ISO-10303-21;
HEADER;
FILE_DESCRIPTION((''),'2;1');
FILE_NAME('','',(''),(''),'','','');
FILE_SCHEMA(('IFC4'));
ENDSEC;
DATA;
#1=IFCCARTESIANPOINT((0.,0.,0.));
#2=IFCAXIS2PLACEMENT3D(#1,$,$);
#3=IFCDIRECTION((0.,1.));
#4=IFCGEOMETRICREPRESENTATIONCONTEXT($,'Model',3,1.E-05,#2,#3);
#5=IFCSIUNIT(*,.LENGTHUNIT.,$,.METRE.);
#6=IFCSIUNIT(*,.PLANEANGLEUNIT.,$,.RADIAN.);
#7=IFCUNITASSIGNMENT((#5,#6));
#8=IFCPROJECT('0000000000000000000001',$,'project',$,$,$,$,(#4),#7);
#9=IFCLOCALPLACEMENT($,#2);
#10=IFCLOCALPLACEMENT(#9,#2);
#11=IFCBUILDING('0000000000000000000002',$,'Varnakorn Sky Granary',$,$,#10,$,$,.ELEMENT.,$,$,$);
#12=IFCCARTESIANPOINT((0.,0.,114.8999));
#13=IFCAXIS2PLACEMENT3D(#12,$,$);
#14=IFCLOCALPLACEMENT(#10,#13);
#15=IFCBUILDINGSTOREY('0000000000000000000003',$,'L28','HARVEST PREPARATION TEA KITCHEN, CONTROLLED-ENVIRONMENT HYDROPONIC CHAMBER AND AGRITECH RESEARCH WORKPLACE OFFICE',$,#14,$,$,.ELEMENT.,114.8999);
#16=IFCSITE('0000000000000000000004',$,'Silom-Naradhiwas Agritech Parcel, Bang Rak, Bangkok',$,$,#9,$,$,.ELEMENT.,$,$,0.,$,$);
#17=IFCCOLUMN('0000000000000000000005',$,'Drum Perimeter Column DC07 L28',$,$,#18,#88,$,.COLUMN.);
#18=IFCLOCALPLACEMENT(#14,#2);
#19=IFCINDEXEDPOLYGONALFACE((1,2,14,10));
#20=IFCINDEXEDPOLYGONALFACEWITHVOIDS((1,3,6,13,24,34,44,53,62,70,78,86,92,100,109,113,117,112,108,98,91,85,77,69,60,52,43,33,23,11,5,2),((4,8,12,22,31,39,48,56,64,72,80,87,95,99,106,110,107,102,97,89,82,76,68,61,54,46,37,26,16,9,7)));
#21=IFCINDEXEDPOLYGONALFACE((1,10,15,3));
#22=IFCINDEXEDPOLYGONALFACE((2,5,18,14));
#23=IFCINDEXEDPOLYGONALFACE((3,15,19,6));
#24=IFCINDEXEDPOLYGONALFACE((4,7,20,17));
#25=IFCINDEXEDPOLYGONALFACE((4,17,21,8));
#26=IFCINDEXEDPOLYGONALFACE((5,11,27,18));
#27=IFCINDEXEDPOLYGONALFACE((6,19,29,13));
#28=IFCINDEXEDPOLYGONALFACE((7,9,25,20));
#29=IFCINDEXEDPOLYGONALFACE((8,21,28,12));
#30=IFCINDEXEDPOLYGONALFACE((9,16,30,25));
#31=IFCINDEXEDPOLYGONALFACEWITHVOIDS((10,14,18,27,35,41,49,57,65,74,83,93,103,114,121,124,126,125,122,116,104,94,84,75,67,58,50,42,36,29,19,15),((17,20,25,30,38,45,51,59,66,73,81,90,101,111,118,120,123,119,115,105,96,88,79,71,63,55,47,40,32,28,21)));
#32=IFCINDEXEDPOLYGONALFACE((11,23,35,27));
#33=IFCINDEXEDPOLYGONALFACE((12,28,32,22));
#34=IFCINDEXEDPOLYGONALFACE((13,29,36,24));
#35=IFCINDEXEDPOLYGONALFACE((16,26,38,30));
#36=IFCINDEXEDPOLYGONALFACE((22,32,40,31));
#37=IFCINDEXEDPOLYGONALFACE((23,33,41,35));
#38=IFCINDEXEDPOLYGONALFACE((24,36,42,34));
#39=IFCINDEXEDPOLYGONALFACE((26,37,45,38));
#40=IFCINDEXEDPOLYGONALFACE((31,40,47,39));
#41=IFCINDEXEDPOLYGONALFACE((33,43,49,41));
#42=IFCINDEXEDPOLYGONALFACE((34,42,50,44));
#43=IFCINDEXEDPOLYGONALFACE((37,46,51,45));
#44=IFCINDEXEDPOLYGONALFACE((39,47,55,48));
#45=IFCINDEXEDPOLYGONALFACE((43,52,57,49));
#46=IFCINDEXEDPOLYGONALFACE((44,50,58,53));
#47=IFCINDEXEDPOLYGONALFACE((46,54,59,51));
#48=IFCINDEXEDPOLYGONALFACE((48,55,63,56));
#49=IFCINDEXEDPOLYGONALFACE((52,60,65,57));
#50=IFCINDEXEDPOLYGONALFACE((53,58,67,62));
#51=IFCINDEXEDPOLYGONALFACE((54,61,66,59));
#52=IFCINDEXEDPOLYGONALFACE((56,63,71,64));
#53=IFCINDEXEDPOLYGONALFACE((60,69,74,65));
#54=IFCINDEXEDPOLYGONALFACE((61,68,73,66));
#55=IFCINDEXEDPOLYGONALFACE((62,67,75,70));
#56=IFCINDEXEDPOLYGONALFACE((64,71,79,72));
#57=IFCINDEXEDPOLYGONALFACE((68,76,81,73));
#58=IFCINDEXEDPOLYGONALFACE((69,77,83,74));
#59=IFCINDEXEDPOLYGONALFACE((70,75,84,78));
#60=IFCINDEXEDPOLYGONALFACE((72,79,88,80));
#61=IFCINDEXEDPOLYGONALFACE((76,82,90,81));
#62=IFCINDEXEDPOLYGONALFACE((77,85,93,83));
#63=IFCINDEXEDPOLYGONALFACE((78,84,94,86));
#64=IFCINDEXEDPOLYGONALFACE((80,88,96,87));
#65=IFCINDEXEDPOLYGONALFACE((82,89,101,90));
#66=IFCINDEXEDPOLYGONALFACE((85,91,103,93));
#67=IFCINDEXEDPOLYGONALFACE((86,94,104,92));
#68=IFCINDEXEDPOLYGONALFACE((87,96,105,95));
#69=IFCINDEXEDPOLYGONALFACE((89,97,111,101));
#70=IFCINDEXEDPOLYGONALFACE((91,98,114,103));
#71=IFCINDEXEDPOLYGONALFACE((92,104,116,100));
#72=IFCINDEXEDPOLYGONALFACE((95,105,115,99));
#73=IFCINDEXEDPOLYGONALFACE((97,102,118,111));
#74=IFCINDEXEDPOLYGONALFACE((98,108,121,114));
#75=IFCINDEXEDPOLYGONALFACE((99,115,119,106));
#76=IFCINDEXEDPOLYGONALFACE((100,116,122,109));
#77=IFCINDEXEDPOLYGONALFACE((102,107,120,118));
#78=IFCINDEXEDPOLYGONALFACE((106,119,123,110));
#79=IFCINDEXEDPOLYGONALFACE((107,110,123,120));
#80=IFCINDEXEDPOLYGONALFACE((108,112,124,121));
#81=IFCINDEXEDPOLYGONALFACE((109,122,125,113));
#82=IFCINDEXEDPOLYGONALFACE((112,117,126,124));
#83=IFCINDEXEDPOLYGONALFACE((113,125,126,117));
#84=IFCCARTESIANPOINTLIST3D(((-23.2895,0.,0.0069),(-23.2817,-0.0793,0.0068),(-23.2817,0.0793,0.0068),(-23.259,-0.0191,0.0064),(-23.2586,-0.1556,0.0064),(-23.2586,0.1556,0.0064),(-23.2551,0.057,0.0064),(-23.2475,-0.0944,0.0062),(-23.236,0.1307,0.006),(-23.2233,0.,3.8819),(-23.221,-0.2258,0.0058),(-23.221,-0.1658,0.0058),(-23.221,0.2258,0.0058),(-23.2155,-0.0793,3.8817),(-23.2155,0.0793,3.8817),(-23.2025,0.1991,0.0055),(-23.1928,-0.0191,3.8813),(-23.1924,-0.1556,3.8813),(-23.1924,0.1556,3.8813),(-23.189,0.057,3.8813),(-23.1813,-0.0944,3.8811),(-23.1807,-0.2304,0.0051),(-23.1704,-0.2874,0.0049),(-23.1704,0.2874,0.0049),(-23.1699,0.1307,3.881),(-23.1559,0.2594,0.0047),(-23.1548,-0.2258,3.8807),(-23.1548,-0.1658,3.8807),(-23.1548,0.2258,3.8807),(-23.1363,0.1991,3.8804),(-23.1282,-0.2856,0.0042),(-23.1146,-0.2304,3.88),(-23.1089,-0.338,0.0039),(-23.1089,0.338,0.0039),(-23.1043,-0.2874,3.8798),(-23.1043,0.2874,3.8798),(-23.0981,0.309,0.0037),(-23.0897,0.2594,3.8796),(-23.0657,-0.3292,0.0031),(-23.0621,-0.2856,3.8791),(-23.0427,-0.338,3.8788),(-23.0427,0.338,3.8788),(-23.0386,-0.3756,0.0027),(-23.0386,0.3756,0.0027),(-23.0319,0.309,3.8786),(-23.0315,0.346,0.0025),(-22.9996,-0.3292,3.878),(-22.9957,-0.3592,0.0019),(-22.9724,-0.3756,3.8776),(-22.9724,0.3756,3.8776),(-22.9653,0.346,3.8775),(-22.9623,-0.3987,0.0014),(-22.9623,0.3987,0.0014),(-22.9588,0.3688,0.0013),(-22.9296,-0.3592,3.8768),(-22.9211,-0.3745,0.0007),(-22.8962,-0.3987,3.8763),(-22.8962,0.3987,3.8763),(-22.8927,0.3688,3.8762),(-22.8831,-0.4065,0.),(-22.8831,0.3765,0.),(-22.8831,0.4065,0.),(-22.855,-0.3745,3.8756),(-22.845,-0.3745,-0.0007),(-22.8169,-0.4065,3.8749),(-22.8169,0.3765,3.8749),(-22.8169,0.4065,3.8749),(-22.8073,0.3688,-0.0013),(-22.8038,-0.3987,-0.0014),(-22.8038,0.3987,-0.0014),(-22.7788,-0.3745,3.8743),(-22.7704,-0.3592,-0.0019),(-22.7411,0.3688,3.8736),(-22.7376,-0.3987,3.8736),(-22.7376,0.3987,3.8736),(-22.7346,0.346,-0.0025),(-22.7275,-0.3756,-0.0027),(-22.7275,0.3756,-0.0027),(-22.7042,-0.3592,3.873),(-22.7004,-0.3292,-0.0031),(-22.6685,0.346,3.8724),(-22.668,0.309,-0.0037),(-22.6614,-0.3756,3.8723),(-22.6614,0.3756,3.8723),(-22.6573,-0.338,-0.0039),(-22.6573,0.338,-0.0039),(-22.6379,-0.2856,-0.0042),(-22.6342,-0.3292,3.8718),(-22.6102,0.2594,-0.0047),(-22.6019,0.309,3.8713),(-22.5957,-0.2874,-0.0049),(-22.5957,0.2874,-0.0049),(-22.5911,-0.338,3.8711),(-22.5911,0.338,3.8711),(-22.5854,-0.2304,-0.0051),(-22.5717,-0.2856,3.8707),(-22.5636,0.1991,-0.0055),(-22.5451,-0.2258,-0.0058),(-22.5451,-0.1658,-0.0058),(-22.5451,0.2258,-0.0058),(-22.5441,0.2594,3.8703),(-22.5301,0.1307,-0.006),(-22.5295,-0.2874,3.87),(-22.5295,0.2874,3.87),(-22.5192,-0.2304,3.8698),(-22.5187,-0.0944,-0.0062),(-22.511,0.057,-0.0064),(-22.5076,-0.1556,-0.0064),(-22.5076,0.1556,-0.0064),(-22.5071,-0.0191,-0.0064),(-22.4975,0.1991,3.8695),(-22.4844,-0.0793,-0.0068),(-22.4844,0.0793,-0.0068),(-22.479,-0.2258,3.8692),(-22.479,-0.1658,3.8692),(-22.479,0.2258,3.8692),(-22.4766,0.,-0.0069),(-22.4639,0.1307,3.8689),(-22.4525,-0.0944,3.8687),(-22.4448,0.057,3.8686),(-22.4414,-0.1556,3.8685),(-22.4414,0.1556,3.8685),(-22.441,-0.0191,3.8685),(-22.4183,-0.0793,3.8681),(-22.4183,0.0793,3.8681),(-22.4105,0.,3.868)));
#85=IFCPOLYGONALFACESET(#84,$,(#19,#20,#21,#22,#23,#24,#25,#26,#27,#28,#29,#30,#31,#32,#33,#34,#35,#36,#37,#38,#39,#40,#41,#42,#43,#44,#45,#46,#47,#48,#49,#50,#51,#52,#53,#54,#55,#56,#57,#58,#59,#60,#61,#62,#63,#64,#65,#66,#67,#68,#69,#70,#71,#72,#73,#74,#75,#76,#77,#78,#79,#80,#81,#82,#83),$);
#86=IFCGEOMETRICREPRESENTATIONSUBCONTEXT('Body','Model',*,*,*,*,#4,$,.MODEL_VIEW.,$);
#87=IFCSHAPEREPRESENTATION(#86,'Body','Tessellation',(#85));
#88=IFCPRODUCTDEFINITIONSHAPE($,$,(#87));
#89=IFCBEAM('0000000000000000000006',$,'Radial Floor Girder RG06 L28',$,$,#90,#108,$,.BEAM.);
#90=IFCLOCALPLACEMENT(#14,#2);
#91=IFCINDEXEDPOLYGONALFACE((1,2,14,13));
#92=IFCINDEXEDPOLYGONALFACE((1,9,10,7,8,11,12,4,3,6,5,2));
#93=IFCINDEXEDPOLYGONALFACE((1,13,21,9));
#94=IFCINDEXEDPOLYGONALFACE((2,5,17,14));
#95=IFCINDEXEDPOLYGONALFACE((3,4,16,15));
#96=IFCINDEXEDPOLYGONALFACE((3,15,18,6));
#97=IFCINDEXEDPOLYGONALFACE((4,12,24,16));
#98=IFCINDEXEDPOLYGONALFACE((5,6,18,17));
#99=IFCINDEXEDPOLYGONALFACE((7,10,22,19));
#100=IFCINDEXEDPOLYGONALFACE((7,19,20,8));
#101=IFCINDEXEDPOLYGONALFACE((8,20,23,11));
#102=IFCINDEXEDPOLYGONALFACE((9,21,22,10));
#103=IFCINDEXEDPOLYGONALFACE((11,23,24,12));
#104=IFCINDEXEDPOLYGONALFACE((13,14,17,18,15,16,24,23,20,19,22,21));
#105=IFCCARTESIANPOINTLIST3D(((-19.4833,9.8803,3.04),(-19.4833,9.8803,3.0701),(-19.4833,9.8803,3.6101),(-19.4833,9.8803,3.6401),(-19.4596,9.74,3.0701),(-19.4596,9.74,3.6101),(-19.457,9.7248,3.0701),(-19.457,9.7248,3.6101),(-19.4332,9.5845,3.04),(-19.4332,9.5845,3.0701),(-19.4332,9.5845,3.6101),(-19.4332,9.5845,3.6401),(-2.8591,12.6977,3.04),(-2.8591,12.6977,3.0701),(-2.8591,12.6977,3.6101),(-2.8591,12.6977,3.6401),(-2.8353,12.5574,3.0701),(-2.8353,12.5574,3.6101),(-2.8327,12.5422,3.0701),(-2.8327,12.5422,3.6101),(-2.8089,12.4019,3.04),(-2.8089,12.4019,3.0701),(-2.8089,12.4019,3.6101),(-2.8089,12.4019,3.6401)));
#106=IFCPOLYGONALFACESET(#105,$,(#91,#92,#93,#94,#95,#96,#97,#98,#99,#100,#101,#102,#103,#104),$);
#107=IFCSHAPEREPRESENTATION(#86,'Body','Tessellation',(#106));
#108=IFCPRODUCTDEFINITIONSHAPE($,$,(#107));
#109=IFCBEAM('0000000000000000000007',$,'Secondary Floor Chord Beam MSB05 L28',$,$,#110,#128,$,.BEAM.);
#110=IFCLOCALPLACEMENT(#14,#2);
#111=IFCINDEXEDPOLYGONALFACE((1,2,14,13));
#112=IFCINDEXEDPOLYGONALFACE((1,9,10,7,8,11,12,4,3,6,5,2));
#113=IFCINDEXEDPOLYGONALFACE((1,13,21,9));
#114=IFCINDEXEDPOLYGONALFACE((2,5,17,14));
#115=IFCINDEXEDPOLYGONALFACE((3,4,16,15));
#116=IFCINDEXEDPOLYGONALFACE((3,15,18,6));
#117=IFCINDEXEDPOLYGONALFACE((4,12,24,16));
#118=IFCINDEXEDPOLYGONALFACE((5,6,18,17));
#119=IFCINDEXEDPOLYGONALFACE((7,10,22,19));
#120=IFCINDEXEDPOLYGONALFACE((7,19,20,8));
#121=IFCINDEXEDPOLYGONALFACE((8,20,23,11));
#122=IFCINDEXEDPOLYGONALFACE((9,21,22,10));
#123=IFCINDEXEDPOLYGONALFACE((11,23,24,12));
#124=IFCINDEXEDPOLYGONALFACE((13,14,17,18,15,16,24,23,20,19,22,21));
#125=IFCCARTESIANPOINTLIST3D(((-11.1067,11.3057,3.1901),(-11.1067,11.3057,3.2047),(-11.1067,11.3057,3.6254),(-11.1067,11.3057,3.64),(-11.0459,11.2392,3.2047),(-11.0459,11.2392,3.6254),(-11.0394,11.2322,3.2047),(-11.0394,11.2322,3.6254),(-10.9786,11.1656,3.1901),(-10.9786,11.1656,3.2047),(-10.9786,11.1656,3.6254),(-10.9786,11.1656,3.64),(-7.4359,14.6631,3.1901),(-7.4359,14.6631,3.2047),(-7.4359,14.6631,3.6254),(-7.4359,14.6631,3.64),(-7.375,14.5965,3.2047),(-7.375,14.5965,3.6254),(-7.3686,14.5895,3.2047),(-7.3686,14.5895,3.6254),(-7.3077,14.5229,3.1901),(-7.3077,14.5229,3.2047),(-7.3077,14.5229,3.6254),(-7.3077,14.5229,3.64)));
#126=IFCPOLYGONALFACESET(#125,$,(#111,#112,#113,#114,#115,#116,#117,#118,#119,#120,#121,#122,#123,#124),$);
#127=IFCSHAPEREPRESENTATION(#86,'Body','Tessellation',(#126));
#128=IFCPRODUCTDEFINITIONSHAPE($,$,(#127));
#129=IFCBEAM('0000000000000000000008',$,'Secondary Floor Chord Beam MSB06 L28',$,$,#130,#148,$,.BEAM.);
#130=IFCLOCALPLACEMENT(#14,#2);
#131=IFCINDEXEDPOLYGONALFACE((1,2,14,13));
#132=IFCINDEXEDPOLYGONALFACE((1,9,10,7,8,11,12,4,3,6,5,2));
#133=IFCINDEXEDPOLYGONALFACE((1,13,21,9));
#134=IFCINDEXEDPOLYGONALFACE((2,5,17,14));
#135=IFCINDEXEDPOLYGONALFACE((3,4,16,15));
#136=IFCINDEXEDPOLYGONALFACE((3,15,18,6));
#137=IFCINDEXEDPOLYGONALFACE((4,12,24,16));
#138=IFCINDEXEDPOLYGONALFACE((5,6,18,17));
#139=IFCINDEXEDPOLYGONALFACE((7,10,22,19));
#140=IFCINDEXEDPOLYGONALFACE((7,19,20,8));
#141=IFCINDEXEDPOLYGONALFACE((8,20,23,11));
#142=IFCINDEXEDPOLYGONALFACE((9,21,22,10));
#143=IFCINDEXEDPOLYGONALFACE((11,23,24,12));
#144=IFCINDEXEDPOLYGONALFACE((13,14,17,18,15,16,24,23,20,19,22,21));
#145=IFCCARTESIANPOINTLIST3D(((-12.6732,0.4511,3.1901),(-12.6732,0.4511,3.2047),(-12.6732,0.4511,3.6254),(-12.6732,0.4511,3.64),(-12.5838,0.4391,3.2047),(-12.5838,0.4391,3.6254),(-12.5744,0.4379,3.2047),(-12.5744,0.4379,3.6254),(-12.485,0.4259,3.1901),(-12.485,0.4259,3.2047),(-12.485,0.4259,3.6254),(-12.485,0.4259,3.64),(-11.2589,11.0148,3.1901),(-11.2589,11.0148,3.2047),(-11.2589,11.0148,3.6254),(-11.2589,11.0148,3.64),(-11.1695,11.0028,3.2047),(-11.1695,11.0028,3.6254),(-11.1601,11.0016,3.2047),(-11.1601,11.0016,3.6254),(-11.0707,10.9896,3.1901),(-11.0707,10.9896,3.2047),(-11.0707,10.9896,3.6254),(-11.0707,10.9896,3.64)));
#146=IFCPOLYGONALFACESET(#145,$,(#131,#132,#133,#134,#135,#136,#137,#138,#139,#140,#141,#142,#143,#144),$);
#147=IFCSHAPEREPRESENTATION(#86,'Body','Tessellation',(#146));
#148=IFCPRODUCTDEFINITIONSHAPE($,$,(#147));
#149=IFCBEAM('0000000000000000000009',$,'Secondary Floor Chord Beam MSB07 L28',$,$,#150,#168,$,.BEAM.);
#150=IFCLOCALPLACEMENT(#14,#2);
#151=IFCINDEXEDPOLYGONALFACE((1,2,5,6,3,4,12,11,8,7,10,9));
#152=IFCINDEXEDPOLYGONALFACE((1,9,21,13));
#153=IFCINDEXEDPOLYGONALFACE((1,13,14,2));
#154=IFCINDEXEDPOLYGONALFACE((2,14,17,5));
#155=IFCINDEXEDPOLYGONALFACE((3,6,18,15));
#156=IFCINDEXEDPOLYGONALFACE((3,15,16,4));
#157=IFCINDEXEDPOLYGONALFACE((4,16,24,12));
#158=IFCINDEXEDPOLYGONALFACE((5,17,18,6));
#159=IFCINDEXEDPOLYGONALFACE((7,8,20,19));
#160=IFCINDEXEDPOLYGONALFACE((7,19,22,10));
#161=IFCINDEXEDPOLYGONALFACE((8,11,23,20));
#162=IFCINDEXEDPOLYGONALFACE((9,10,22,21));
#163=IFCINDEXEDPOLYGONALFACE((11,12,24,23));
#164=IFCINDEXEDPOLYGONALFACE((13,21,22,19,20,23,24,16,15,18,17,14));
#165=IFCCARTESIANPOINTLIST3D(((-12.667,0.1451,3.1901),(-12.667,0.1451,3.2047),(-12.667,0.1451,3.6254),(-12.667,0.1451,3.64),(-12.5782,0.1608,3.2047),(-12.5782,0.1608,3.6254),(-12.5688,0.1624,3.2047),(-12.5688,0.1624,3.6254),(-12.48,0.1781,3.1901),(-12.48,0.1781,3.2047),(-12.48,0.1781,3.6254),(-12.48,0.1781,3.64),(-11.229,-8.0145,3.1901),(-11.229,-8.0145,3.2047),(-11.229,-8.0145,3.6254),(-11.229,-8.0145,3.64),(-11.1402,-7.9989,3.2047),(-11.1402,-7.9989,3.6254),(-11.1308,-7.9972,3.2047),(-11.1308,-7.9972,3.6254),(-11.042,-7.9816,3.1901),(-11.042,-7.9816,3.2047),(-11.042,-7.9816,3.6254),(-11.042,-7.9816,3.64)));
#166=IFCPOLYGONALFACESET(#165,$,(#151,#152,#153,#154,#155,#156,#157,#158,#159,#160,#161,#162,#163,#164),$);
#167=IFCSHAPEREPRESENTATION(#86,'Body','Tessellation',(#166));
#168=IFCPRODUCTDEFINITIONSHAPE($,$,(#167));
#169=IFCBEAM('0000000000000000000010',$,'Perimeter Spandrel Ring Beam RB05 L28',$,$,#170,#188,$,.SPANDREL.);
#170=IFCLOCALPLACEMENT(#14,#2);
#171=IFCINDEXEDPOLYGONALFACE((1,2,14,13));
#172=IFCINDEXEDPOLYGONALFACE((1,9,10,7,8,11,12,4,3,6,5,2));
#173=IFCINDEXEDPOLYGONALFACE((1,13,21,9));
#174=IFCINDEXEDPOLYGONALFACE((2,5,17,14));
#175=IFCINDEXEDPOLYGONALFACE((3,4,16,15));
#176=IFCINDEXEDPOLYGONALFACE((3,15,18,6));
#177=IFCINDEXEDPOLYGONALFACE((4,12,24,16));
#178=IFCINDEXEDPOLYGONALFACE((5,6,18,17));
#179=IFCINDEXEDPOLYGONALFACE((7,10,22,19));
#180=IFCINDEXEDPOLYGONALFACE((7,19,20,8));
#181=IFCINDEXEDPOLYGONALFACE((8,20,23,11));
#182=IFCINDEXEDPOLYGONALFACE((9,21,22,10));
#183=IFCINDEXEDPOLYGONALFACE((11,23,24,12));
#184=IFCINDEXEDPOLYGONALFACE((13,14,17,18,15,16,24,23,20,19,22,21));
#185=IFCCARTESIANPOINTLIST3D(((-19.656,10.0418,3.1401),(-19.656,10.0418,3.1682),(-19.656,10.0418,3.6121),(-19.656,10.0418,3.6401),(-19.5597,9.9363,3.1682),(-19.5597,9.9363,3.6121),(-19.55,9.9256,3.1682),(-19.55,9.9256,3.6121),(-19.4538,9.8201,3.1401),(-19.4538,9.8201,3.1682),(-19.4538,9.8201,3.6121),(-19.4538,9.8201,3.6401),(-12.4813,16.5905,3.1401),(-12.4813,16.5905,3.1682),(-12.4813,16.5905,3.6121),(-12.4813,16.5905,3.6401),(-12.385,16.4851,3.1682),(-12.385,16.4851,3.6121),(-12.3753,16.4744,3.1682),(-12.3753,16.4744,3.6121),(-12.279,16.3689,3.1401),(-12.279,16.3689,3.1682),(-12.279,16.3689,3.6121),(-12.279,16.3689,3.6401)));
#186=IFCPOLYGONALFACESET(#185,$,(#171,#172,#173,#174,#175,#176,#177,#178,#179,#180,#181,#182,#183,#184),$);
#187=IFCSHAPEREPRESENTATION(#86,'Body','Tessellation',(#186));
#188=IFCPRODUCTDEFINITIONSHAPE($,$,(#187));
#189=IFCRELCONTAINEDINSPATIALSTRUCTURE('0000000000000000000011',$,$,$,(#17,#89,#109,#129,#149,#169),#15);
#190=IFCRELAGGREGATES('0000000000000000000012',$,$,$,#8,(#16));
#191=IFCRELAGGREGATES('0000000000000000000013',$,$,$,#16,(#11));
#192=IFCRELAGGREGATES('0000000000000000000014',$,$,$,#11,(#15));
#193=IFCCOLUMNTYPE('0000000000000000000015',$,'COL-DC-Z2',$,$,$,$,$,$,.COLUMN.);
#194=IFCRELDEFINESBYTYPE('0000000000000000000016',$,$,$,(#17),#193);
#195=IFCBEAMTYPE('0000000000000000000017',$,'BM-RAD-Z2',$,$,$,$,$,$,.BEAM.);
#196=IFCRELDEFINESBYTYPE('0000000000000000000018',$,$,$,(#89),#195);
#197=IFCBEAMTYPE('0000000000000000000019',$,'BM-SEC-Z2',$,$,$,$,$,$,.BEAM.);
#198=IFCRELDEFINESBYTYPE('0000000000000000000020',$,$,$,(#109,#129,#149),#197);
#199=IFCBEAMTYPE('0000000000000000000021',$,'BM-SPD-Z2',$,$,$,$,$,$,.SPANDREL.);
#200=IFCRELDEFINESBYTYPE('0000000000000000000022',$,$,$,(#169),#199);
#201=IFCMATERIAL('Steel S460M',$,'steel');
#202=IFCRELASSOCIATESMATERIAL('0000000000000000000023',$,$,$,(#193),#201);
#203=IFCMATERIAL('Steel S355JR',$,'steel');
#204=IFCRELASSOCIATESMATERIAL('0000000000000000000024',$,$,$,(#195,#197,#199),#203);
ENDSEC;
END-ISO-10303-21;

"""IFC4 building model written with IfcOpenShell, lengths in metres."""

from ifc_helpers import new_model, si_unit, direction, frame, origin, origin_2d, place, context, subcontext, project, spatial, hollow_circle, i_section, extrude, material, material_profile, profile_set, type_object, element, save


model = new_model("IFC4")

# Units and contexts
model_context = context("Model", 3, precision=1e-05, world=origin(), true_north=direction((0.0, 1.0)))
body_context = subcontext(model_context, "Body", "Model", "MODEL_VIEW")
ifc_project = project(units=[si_unit("LENGTHUNIT", "METRE"), si_unit("PLANEANGLEUNIT", "RADIAN")], contexts=[model_context])

# Site, building, storey
site_placement = place(None, origin())
site = spatial("IfcSite", under=ifc_project, at=site_placement, Name="Silom-Naradhiwas Agritech Parcel, Bang Rak, Bangkok", CompositionType="ELEMENT", RefElevation=0.0)
building_placement = place(site_placement, origin())
building = spatial("IfcBuilding", under=site, at=building_placement, Name="Varnakorn Sky Granary", CompositionType="ELEMENT")
storey_placement = place(building_placement, frame((0.0, 0.0, 114.8999)))
storey = spatial("IfcBuildingStorey", under=building, at=storey_placement, Name="L28", Description="HARVEST PREPARATION TEA KITCHEN, CONTROLLED-ENVIRONMENT HYDROPONIC CHAMBER AND AGRITECH RESEARCH WORKPLACE OFFICE", CompositionType="ELEMENT", Elevation=114.8999)

# Column
ifc_material_1 = material(Name="Steel S460M", Category="steel")
ifc_material_profile_1 = material_profile(ifc_material_1, hollow_circle(Radius=0.4065, WallThickness=0.03, at=origin_2d()), Name="CHS 813x30")
ifc_profile_set_1 = profile_set([ifc_material_profile_1], Name="Steel S460M")
column_type = type_object("IfcColumnType", Name="COL-DC-Z2", PredefinedType="COLUMN", material=ifc_profile_set_1)
for number, where, z_axis, x_axis, name in (
    (1, (-22.8831, 0.0, 0.0), (0.017072, 0.0, 0.999854), (0.0, 1.0, 0.0), "Drum Perimeter Column DC07 L28"),
):
    element("IfcColumn", number, at=place(storey_placement, frame(where, z_axis=z_axis, x_axis=x_axis)), inside=storey, type_object=column_type, Name=name, PredefinedType="COLUMN", context=body_context, shape_type="SweptSolid", body=[
        extrude(hollow_circle(Radius=0.4065, WallThickness=0.03, at=origin_2d()), origin(), (0.0, 0.0, 1.0), 3.8755),
    ])

# Beams
ifc_material_2 = material(Name="Steel S355JR", Category="steel")
ifc_material_profile_2 = material_profile(ifc_material_2, i_section(OverallWidth=0.3, OverallDepth=0.6001, WebThickness=0.0154, FlangeThickness=0.03, at=origin_2d()), Name="HE 600 B")
ifc_profile_set_2 = profile_set([ifc_material_profile_2], Name="Steel S355JR")
beam_type_1 = type_object("IfcBeamType", Name="BM-RAD-Z2", PredefinedType="BEAM", material=ifc_profile_set_2)
beam_1_placement = place(storey_placement, frame((-2.834, 12.5498, 3.3401), z_axis=(-0.985941, -0.167092, 0.0), x_axis=(0.167092, -0.985941, 0.0)))
element("IfcBeam", 2, at=beam_1_placement, inside=storey, type_object=beam_type_1, Name="Radial Floor Girder RG06 L28", PredefinedType="BEAM", context=body_context, shape_type="SweptSolid", body=[
    extrude(i_section(OverallWidth=0.3, OverallDepth=0.6001, WebThickness=0.0154, FlangeThickness=0.03, at=origin_2d()), origin(), (0.0, 0.0, 1.0), 16.8613),
])
ifc_material_profile_3 = material_profile(ifc_material_2, i_section(OverallWidth=0.1899, OverallDepth=0.45, WebThickness=0.0095, FlangeThickness=0.0146, at=origin_2d()), Name="IPE 450")
ifc_profile_set_3 = profile_set([ifc_material_profile_3], Name="Steel S355JR")
beam_type_2 = type_object("IfcBeamType", Name="BM-SEC-Z2", PredefinedType="BEAM", material=ifc_profile_set_3)
beam_2_placement = place(storey_placement, frame((-7.3718, 14.593, 3.415), z_axis=(-0.737911, -0.674897, 0.0), x_axis=(0.674897, -0.737911, 0.0)))
element("IfcBeam", 3, at=beam_2_placement, inside=storey, type_object=beam_type_2, Name="Secondary Floor Chord Beam MSB05 L28", PredefinedType="BEAM", context=body_context, shape_type="SweptSolid", body=[
    extrude(i_section(OverallWidth=0.1899, OverallDepth=0.45, WebThickness=0.0095, FlangeThickness=0.0146, at=origin_2d()), origin(), (0.0, 0.0, 1.0), 4.9746),
])
beam_3_placement = place(storey_placement, frame((-11.1648, 11.0022, 3.415), z_axis=(-0.132699, -0.991156, 0.0), x_axis=(0.991156, -0.132699, 0.0)))
element("IfcBeam", 4, at=beam_3_placement, inside=storey, type_object=beam_type_2, Name="Secondary Floor Chord Beam MSB06 L28", PredefinedType="BEAM", context=body_context, shape_type="SweptSolid", body=[
    extrude(i_section(OverallWidth=0.1899, OverallDepth=0.45, WebThickness=0.0095, FlangeThickness=0.0146, at=origin_2d()), origin(), (0.0, 0.0, 1.0), 10.658),
])
beam_4_placement = place(storey_placement, frame((-12.5735, 0.1616, 3.415), z_axis=(0.173557, -0.984824, 0.0), x_axis=(0.984824, 0.173557, 0.0)))
element("IfcBeam", 5, at=beam_4_placement, inside=storey, type_object=beam_type_2, Name="Secondary Floor Chord Beam MSB07 L28", PredefinedType="BEAM", context=body_context, shape_type="SweptSolid", body=[
    extrude(i_section(OverallWidth=0.1899, OverallDepth=0.45, WebThickness=0.0095, FlangeThickness=0.0146, at=origin_2d()), origin(), (0.0, 0.0, 1.0), 8.2854),
])
ifc_material_profile_4 = material_profile(ifc_material_2, i_section(OverallWidth=0.3, OverallDepth=0.5, WebThickness=0.0144, FlangeThickness=0.0281, at=origin_2d()), Name="HE 500 B")
ifc_profile_set_4 = profile_set([ifc_material_profile_4], Name="Steel S355JR")
beam_type_3 = type_object("IfcBeamType", Name="BM-SPD-Z2", PredefinedType="SPANDREL", material=ifc_profile_set_4)
beam_5_placement = place(storey_placement, frame((-12.3801, 16.4797, 3.3901), z_axis=(-0.738592, -0.674153, 0.0), x_axis=(0.674153, -0.738592, 0.0)))
element("IfcBeam", 6, at=beam_5_placement, inside=storey, type_object=beam_type_3, Name="Perimeter Spandrel Ring Beam RB05 L28", PredefinedType="SPANDREL", context=body_context, shape_type="SweptSolid", body=[
    extrude(i_section(OverallWidth=0.3, OverallDepth=0.5, WebThickness=0.0144, FlangeThickness=0.0281, at=origin_2d()), origin(), (0.0, 0.0, 1.0), 9.7141),
])

save(model, "model.ifc")
